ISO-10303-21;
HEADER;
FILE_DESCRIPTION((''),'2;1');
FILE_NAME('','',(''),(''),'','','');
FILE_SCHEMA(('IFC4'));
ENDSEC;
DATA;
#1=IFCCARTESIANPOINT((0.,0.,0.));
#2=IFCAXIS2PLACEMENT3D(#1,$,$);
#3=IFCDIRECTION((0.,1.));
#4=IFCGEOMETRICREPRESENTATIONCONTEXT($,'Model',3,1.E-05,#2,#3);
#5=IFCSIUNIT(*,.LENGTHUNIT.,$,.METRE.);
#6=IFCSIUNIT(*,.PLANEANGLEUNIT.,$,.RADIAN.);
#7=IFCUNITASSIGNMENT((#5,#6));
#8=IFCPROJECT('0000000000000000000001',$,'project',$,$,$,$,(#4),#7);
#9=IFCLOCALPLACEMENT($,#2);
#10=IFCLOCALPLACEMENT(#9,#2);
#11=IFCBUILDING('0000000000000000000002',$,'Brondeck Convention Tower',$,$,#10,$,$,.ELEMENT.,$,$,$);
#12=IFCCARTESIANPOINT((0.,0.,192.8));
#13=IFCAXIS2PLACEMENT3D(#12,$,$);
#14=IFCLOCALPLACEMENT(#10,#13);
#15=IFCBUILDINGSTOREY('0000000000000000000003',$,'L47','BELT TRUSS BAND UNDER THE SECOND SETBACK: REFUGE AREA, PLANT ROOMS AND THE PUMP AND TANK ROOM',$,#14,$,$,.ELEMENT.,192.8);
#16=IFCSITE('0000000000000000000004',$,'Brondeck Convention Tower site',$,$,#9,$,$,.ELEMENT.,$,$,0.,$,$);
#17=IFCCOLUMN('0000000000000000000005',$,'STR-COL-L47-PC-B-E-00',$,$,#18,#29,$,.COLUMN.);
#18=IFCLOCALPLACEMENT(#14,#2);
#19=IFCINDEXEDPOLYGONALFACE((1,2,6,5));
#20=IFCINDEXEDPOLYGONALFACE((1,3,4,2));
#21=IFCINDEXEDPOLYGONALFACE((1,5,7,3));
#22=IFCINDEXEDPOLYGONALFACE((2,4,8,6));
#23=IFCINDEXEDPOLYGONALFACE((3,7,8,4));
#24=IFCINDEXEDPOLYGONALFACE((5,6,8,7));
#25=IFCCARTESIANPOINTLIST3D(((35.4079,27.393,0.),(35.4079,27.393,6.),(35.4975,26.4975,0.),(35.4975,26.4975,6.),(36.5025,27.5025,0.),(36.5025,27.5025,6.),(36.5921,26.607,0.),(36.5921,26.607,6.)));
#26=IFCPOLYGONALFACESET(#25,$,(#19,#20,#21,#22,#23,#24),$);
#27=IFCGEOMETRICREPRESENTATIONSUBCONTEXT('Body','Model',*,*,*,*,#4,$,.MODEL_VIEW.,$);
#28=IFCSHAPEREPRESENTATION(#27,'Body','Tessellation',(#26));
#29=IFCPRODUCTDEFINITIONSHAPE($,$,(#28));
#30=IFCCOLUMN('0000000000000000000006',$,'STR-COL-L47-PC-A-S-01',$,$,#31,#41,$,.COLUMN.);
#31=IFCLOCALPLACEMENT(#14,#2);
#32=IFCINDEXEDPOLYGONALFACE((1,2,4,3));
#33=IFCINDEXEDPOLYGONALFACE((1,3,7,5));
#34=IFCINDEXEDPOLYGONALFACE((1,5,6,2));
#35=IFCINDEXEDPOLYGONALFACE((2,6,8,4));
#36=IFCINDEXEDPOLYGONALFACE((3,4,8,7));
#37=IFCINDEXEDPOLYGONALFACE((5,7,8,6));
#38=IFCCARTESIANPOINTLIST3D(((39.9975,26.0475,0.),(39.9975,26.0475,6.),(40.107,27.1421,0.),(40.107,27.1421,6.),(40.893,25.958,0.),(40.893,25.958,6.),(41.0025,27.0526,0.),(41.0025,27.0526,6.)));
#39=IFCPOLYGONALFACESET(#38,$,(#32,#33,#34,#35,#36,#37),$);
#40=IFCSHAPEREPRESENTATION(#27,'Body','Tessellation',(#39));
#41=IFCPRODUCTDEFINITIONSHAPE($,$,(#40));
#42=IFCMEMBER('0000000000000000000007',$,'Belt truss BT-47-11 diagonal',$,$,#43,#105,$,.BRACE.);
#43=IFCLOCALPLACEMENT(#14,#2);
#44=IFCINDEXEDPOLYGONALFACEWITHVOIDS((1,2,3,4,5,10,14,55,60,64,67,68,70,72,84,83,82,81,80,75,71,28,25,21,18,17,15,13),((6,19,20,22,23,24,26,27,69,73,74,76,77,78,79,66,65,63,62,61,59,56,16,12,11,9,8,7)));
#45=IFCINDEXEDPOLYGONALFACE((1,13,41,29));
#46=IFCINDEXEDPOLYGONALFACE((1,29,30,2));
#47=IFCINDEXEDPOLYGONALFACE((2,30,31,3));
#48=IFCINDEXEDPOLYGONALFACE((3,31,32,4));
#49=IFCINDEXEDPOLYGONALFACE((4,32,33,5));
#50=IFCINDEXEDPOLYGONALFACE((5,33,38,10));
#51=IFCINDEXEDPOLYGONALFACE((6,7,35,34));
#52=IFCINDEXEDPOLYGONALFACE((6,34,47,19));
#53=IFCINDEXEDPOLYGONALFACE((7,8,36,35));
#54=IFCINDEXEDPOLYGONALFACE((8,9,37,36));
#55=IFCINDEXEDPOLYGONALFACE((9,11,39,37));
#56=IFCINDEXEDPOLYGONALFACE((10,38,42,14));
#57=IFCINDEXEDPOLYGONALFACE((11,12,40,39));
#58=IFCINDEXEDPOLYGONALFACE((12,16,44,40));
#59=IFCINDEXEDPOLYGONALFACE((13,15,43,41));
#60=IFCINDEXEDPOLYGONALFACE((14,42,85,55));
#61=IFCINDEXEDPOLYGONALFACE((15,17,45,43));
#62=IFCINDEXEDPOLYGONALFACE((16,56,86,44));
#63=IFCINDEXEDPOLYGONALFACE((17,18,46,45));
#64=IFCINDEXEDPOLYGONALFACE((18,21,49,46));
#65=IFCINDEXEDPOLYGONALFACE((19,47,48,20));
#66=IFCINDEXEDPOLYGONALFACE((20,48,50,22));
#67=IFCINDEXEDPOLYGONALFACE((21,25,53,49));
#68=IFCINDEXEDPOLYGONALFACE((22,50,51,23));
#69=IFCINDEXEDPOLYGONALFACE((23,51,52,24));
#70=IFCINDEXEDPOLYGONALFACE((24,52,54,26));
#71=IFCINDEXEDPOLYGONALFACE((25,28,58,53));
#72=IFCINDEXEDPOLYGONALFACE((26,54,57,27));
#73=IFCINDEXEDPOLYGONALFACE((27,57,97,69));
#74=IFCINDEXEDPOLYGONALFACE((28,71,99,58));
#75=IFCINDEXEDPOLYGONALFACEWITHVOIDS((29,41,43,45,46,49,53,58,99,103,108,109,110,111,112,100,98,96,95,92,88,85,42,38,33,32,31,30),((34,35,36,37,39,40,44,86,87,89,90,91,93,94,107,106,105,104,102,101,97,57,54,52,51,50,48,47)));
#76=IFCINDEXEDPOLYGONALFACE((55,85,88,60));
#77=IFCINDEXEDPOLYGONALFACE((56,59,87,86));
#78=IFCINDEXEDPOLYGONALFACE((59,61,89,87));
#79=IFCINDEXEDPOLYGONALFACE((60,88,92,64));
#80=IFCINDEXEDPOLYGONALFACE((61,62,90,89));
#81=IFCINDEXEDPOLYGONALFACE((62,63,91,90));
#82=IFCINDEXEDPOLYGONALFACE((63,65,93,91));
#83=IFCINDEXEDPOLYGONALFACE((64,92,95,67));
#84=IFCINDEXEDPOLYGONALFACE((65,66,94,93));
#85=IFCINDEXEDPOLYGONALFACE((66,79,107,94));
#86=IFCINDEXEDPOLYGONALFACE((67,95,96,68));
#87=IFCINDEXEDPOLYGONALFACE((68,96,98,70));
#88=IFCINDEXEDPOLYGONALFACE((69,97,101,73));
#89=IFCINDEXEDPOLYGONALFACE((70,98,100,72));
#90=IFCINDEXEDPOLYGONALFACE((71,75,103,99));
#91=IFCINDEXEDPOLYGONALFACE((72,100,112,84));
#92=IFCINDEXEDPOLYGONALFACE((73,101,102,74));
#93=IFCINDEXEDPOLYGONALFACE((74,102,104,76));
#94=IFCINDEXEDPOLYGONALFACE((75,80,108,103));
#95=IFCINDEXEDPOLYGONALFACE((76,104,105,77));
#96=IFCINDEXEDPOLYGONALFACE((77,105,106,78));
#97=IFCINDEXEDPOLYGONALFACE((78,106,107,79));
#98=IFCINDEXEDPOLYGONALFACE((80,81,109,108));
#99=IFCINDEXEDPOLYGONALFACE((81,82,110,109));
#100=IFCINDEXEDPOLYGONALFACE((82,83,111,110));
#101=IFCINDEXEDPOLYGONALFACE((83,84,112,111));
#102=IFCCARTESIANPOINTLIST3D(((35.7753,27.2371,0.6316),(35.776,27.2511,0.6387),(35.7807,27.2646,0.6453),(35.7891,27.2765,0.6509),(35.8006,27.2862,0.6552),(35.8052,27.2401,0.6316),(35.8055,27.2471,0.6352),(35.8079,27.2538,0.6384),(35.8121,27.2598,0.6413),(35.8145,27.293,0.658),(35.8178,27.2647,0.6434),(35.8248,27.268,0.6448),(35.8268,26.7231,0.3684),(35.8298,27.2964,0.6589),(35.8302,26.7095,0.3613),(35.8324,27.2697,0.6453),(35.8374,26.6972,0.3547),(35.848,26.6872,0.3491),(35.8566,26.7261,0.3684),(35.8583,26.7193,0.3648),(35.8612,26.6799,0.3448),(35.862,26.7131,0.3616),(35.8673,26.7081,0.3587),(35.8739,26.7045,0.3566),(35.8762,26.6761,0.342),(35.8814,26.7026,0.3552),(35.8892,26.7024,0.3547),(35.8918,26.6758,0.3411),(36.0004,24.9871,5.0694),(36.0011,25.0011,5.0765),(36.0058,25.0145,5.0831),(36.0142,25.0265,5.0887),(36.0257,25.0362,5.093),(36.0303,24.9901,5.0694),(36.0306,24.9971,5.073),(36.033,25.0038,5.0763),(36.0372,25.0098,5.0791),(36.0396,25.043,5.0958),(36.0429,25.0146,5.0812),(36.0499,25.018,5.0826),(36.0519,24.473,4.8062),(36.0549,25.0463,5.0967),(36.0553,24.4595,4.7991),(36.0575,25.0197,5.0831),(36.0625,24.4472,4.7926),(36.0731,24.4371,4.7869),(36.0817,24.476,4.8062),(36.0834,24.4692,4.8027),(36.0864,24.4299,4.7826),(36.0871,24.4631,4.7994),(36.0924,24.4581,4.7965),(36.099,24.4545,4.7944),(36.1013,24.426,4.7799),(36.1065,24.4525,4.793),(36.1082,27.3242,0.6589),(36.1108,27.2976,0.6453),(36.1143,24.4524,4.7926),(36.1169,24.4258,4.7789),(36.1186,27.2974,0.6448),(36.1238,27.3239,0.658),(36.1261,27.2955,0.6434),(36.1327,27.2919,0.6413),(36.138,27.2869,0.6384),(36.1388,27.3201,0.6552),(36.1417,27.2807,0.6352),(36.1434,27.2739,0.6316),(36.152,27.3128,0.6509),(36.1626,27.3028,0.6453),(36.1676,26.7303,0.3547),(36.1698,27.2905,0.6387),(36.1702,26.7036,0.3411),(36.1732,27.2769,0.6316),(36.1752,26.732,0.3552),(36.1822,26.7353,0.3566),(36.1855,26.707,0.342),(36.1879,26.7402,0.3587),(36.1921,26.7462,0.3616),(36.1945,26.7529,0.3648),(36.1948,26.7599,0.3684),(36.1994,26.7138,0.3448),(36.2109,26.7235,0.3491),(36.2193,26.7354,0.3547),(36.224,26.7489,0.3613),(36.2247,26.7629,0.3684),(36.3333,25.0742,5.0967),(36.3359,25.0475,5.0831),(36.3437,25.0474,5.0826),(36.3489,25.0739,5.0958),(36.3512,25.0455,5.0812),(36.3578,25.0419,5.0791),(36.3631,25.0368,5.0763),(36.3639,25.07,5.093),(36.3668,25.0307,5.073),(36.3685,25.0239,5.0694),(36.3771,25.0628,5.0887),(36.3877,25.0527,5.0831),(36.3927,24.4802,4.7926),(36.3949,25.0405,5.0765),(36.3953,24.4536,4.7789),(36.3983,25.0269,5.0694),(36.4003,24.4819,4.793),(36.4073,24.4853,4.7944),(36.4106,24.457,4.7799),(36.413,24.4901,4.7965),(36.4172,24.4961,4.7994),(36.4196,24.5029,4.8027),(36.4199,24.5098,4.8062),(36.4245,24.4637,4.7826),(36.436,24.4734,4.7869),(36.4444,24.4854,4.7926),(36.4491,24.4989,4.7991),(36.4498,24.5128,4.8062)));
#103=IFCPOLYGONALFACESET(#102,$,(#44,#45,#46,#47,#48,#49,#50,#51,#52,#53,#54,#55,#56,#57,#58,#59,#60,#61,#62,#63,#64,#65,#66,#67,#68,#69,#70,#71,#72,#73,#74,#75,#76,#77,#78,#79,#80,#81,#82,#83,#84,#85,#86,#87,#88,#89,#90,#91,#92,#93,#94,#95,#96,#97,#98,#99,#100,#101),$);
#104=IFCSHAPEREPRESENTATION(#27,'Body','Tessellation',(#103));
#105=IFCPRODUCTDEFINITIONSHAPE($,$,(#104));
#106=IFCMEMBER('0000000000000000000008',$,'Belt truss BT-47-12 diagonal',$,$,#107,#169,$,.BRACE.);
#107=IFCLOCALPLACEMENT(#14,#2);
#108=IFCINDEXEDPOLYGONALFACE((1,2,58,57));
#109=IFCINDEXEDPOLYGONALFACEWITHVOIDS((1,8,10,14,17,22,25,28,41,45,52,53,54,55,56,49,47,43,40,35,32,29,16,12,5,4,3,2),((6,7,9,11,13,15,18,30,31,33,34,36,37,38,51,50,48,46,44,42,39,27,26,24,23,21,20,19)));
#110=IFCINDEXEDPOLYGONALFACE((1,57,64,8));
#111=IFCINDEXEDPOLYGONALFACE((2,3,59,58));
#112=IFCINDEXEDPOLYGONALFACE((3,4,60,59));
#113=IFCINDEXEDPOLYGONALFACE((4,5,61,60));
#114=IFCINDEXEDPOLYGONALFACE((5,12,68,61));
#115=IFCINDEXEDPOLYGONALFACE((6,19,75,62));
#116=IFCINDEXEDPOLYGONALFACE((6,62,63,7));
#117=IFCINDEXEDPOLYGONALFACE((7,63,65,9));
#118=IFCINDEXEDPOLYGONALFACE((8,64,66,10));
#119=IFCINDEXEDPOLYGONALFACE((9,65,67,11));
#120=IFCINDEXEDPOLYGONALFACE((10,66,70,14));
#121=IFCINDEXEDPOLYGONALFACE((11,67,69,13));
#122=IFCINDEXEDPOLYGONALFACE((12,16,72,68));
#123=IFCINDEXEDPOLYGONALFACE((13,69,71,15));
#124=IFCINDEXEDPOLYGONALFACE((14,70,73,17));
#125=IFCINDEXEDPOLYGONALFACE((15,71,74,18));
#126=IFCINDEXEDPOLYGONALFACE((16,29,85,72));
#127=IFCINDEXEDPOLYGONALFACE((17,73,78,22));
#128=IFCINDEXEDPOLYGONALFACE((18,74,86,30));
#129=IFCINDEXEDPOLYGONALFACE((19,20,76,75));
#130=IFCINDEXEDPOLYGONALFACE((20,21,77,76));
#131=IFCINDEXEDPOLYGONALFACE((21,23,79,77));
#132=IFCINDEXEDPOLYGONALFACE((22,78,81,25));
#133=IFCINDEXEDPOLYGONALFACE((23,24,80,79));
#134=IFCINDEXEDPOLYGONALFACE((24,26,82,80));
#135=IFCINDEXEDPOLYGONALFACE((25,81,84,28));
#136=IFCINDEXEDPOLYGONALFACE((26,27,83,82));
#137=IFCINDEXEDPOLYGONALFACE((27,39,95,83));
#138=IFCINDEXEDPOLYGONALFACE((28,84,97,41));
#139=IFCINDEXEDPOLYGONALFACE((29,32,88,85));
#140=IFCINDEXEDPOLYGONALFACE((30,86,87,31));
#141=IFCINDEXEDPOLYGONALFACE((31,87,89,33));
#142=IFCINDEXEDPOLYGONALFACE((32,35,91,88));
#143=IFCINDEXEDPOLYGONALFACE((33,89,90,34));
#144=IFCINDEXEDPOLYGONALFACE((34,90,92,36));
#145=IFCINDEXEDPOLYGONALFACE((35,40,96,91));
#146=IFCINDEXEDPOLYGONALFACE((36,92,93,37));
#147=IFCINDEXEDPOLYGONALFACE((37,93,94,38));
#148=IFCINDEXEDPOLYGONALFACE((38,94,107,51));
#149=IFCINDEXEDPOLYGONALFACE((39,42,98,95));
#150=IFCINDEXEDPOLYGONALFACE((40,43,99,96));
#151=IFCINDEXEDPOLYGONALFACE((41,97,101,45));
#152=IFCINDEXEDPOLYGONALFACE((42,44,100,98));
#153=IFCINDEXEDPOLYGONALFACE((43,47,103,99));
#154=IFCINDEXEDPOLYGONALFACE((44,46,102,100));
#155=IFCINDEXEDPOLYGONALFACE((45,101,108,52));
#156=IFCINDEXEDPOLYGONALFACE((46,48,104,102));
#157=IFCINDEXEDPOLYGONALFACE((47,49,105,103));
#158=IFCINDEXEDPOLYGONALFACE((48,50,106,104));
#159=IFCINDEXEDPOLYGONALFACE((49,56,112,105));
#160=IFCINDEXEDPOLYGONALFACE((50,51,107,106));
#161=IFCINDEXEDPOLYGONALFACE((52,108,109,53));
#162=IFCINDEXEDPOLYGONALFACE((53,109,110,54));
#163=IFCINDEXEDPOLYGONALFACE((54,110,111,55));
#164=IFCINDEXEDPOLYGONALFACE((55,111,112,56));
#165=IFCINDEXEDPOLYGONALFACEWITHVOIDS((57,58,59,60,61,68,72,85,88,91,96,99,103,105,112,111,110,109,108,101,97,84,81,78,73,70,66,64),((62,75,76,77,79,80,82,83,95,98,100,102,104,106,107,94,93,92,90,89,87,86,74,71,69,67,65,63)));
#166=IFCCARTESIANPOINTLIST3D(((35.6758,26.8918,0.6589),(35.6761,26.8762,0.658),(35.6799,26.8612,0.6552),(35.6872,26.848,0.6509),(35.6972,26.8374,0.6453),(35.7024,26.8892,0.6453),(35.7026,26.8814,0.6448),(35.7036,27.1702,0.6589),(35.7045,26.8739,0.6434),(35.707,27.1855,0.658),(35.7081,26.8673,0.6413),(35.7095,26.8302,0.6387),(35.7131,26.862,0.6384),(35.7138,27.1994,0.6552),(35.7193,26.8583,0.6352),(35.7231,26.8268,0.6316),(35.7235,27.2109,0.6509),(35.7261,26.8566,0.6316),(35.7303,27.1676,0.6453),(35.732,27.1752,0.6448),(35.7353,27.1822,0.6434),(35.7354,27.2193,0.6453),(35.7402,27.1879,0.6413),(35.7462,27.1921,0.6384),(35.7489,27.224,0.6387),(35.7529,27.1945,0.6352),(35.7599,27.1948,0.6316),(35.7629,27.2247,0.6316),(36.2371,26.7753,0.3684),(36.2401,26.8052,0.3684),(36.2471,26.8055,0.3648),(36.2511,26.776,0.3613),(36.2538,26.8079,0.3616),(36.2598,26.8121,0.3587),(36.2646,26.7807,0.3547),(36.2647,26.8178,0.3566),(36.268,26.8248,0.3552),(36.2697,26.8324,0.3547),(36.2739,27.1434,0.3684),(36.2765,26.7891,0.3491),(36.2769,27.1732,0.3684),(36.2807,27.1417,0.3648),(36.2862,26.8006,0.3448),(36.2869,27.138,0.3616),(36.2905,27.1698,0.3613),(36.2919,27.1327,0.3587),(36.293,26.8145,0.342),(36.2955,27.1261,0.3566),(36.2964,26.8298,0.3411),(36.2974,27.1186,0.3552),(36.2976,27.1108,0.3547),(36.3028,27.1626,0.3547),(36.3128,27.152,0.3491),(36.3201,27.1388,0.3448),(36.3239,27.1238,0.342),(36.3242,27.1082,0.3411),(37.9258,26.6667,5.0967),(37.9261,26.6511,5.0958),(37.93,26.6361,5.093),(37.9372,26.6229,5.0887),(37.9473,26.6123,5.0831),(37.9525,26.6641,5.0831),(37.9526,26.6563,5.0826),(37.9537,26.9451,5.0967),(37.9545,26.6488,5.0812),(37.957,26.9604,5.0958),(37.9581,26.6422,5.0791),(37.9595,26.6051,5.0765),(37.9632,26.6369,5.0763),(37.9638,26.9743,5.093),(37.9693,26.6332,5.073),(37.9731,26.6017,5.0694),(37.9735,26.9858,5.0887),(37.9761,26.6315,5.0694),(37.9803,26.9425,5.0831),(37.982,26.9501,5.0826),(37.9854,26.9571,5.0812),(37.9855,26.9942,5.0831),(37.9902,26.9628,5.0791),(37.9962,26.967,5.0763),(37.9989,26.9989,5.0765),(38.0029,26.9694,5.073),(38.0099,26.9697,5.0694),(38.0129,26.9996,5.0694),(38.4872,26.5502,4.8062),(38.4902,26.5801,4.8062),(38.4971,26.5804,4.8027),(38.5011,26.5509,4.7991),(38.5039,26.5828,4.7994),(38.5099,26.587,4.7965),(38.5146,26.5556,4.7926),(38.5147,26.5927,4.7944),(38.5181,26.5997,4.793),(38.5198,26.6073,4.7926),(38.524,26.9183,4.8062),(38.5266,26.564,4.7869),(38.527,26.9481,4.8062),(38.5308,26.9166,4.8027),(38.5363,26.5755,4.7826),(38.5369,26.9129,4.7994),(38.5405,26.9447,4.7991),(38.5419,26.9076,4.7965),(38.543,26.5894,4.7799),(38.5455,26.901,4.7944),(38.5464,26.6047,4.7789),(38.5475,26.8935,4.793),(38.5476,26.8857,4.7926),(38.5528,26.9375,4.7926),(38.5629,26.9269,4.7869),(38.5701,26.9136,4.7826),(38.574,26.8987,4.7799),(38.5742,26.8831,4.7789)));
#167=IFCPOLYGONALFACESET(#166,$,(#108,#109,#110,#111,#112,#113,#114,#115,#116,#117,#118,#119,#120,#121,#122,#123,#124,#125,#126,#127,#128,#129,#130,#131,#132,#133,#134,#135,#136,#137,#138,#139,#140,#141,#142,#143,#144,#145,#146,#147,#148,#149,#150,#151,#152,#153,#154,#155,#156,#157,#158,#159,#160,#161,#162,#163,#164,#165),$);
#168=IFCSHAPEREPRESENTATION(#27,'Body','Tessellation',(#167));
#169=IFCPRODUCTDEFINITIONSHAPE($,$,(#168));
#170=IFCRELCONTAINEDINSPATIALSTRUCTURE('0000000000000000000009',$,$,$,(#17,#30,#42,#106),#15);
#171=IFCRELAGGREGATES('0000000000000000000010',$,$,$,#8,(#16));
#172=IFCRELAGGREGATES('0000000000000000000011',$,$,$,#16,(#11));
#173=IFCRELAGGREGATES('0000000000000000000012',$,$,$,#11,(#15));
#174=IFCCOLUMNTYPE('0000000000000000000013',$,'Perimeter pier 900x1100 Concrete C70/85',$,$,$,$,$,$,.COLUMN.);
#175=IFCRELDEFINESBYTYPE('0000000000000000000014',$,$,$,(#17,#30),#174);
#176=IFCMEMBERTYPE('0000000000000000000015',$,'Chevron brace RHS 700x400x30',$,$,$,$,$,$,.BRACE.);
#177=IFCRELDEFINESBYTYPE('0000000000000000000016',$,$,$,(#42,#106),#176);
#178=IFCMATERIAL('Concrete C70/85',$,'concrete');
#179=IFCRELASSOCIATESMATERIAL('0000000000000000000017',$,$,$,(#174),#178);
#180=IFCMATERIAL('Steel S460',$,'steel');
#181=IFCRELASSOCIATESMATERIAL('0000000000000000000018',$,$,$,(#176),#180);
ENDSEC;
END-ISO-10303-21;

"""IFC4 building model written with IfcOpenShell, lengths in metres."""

from ifc_helpers import new_model, si_unit, direction, frame, origin, origin_2d, place, context, subcontext, project, spatial, rectangle, hollow_rectangle, extrude, material, material_profile, profile_set, type_object, element, save


model = new_model("IFC4")

# Units and contexts
model_context = context("Model", 3, precision=1e-05, world=origin(), true_north=direction((0.0, 1.0)))
body_context = subcontext(model_context, "Body", "Model", "MODEL_VIEW")
ifc_project = project(units=[si_unit("LENGTHUNIT", "METRE"), si_unit("PLANEANGLEUNIT", "RADIAN")], contexts=[model_context])

# Site, building, storey
site_placement = place(None, origin())
site = spatial("IfcSite", under=ifc_project, at=site_placement, Name="Brondeck Convention Tower site", CompositionType="ELEMENT", RefElevation=0.0)
building_placement = place(site_placement, origin())
building = spatial("IfcBuilding", under=site, at=building_placement, Name="Brondeck Convention Tower", CompositionType="ELEMENT")
storey_placement = place(building_placement, frame((0.0, 0.0, 192.8)))
storey = spatial("IfcBuildingStorey", under=building, at=storey_placement, Name="L47", Description="BELT TRUSS BAND UNDER THE SECOND SETBACK: REFUGE AREA, PLANT ROOMS AND THE PUMP AND TANK ROOM", CompositionType="ELEMENT", Elevation=192.8)

# Columns
ifc_material_1 = material(Name="Concrete C70/85", Category="concrete")
ifc_material_profile_1 = material_profile(ifc_material_1, rectangle(XDim=0.8999, YDim=1.1001, at=origin_2d()), Name="Perimeter pier 900x1100 Concrete C70/85")
ifc_profile_set_1 = profile_set([ifc_material_profile_1], Name="Concrete C70/85")
column_type = type_object("IfcColumnType", Name="Perimeter pier 900x1100 Concrete C70/85", PredefinedType="COLUMN", material=ifc_profile_set_1)
for number, where, z_axis, x_axis, name in (
    (1, (36.0, 27.0, 0.0), (0.0, 0.0, 1.0), (-0.099504, 0.995037, 0.0), "STR-COL-L47-PC-B-E-00"),
    (2, (40.5, 26.55, 0.0), (0.0, 0.0, 1.0), (0.995037, -0.099504, 0.0), "STR-COL-L47-PC-A-S-01"),
):
    element("IfcColumn", number, at=place(storey_placement, frame(where, z_axis=z_axis, x_axis=x_axis)), inside=storey, type_object=column_type, Name=name, PredefinedType="COLUMN", context=body_context, shape_type="SweptSolid", body=[
        extrude(rectangle(XDim=0.8999, YDim=1.1001, at=origin_2d()), origin(), (0.0, 0.0, 1.0), 6.0),
    ])

# Members
ifc_material_2 = material(Name="Steel S460", Category="steel")
ifc_material_profile_2 = material_profile(ifc_material_2, hollow_rectangle(XDim=0.3999, YDim=0.7, WallThickness=0.03, InnerFilletRadius=0.03, OuterFilletRadius=0.0601, at=origin_2d()), Name="RHS 700x400x30")
ifc_profile_set_2 = profile_set([ifc_material_profile_2], Name="Steel S460")
member_type_1 = type_object("IfcMemberType", Name="Chevron brace RHS 700x400x30", PredefinedType="BRACE", material=ifc_profile_set_2)
for number, where, z_axis, x_axis, name in (
    (3, (36.0, 27.0, 0.5), (0.045195, -0.451749, 0.890999), (0.995033, 0.099546, 0.0), "Belt truss BT-47-11 diagonal"),
    (4, (36.0, 27.0, 0.5), (0.451749, -0.045195, 0.890999), (0.099546, 0.995033, 0.0), "Belt truss BT-47-12 diagonal"),
):
    element("IfcMember", number, at=place(storey_placement, frame(where, z_axis=z_axis, x_axis=x_axis)), inside=storey, type_object=member_type_1, Name=name, PredefinedType="BRACE", context=body_context, shape_type="SweptSolid", body=[
        extrude(hollow_rectangle(XDim=0.3999, YDim=0.7, WallThickness=0.03, InnerFilletRadius=0.03, OuterFilletRadius=0.0601, at=origin_2d()), origin(), (0.0, 0.0, 1.0), 4.9807),
    ])

save(model, "model.ifc")
